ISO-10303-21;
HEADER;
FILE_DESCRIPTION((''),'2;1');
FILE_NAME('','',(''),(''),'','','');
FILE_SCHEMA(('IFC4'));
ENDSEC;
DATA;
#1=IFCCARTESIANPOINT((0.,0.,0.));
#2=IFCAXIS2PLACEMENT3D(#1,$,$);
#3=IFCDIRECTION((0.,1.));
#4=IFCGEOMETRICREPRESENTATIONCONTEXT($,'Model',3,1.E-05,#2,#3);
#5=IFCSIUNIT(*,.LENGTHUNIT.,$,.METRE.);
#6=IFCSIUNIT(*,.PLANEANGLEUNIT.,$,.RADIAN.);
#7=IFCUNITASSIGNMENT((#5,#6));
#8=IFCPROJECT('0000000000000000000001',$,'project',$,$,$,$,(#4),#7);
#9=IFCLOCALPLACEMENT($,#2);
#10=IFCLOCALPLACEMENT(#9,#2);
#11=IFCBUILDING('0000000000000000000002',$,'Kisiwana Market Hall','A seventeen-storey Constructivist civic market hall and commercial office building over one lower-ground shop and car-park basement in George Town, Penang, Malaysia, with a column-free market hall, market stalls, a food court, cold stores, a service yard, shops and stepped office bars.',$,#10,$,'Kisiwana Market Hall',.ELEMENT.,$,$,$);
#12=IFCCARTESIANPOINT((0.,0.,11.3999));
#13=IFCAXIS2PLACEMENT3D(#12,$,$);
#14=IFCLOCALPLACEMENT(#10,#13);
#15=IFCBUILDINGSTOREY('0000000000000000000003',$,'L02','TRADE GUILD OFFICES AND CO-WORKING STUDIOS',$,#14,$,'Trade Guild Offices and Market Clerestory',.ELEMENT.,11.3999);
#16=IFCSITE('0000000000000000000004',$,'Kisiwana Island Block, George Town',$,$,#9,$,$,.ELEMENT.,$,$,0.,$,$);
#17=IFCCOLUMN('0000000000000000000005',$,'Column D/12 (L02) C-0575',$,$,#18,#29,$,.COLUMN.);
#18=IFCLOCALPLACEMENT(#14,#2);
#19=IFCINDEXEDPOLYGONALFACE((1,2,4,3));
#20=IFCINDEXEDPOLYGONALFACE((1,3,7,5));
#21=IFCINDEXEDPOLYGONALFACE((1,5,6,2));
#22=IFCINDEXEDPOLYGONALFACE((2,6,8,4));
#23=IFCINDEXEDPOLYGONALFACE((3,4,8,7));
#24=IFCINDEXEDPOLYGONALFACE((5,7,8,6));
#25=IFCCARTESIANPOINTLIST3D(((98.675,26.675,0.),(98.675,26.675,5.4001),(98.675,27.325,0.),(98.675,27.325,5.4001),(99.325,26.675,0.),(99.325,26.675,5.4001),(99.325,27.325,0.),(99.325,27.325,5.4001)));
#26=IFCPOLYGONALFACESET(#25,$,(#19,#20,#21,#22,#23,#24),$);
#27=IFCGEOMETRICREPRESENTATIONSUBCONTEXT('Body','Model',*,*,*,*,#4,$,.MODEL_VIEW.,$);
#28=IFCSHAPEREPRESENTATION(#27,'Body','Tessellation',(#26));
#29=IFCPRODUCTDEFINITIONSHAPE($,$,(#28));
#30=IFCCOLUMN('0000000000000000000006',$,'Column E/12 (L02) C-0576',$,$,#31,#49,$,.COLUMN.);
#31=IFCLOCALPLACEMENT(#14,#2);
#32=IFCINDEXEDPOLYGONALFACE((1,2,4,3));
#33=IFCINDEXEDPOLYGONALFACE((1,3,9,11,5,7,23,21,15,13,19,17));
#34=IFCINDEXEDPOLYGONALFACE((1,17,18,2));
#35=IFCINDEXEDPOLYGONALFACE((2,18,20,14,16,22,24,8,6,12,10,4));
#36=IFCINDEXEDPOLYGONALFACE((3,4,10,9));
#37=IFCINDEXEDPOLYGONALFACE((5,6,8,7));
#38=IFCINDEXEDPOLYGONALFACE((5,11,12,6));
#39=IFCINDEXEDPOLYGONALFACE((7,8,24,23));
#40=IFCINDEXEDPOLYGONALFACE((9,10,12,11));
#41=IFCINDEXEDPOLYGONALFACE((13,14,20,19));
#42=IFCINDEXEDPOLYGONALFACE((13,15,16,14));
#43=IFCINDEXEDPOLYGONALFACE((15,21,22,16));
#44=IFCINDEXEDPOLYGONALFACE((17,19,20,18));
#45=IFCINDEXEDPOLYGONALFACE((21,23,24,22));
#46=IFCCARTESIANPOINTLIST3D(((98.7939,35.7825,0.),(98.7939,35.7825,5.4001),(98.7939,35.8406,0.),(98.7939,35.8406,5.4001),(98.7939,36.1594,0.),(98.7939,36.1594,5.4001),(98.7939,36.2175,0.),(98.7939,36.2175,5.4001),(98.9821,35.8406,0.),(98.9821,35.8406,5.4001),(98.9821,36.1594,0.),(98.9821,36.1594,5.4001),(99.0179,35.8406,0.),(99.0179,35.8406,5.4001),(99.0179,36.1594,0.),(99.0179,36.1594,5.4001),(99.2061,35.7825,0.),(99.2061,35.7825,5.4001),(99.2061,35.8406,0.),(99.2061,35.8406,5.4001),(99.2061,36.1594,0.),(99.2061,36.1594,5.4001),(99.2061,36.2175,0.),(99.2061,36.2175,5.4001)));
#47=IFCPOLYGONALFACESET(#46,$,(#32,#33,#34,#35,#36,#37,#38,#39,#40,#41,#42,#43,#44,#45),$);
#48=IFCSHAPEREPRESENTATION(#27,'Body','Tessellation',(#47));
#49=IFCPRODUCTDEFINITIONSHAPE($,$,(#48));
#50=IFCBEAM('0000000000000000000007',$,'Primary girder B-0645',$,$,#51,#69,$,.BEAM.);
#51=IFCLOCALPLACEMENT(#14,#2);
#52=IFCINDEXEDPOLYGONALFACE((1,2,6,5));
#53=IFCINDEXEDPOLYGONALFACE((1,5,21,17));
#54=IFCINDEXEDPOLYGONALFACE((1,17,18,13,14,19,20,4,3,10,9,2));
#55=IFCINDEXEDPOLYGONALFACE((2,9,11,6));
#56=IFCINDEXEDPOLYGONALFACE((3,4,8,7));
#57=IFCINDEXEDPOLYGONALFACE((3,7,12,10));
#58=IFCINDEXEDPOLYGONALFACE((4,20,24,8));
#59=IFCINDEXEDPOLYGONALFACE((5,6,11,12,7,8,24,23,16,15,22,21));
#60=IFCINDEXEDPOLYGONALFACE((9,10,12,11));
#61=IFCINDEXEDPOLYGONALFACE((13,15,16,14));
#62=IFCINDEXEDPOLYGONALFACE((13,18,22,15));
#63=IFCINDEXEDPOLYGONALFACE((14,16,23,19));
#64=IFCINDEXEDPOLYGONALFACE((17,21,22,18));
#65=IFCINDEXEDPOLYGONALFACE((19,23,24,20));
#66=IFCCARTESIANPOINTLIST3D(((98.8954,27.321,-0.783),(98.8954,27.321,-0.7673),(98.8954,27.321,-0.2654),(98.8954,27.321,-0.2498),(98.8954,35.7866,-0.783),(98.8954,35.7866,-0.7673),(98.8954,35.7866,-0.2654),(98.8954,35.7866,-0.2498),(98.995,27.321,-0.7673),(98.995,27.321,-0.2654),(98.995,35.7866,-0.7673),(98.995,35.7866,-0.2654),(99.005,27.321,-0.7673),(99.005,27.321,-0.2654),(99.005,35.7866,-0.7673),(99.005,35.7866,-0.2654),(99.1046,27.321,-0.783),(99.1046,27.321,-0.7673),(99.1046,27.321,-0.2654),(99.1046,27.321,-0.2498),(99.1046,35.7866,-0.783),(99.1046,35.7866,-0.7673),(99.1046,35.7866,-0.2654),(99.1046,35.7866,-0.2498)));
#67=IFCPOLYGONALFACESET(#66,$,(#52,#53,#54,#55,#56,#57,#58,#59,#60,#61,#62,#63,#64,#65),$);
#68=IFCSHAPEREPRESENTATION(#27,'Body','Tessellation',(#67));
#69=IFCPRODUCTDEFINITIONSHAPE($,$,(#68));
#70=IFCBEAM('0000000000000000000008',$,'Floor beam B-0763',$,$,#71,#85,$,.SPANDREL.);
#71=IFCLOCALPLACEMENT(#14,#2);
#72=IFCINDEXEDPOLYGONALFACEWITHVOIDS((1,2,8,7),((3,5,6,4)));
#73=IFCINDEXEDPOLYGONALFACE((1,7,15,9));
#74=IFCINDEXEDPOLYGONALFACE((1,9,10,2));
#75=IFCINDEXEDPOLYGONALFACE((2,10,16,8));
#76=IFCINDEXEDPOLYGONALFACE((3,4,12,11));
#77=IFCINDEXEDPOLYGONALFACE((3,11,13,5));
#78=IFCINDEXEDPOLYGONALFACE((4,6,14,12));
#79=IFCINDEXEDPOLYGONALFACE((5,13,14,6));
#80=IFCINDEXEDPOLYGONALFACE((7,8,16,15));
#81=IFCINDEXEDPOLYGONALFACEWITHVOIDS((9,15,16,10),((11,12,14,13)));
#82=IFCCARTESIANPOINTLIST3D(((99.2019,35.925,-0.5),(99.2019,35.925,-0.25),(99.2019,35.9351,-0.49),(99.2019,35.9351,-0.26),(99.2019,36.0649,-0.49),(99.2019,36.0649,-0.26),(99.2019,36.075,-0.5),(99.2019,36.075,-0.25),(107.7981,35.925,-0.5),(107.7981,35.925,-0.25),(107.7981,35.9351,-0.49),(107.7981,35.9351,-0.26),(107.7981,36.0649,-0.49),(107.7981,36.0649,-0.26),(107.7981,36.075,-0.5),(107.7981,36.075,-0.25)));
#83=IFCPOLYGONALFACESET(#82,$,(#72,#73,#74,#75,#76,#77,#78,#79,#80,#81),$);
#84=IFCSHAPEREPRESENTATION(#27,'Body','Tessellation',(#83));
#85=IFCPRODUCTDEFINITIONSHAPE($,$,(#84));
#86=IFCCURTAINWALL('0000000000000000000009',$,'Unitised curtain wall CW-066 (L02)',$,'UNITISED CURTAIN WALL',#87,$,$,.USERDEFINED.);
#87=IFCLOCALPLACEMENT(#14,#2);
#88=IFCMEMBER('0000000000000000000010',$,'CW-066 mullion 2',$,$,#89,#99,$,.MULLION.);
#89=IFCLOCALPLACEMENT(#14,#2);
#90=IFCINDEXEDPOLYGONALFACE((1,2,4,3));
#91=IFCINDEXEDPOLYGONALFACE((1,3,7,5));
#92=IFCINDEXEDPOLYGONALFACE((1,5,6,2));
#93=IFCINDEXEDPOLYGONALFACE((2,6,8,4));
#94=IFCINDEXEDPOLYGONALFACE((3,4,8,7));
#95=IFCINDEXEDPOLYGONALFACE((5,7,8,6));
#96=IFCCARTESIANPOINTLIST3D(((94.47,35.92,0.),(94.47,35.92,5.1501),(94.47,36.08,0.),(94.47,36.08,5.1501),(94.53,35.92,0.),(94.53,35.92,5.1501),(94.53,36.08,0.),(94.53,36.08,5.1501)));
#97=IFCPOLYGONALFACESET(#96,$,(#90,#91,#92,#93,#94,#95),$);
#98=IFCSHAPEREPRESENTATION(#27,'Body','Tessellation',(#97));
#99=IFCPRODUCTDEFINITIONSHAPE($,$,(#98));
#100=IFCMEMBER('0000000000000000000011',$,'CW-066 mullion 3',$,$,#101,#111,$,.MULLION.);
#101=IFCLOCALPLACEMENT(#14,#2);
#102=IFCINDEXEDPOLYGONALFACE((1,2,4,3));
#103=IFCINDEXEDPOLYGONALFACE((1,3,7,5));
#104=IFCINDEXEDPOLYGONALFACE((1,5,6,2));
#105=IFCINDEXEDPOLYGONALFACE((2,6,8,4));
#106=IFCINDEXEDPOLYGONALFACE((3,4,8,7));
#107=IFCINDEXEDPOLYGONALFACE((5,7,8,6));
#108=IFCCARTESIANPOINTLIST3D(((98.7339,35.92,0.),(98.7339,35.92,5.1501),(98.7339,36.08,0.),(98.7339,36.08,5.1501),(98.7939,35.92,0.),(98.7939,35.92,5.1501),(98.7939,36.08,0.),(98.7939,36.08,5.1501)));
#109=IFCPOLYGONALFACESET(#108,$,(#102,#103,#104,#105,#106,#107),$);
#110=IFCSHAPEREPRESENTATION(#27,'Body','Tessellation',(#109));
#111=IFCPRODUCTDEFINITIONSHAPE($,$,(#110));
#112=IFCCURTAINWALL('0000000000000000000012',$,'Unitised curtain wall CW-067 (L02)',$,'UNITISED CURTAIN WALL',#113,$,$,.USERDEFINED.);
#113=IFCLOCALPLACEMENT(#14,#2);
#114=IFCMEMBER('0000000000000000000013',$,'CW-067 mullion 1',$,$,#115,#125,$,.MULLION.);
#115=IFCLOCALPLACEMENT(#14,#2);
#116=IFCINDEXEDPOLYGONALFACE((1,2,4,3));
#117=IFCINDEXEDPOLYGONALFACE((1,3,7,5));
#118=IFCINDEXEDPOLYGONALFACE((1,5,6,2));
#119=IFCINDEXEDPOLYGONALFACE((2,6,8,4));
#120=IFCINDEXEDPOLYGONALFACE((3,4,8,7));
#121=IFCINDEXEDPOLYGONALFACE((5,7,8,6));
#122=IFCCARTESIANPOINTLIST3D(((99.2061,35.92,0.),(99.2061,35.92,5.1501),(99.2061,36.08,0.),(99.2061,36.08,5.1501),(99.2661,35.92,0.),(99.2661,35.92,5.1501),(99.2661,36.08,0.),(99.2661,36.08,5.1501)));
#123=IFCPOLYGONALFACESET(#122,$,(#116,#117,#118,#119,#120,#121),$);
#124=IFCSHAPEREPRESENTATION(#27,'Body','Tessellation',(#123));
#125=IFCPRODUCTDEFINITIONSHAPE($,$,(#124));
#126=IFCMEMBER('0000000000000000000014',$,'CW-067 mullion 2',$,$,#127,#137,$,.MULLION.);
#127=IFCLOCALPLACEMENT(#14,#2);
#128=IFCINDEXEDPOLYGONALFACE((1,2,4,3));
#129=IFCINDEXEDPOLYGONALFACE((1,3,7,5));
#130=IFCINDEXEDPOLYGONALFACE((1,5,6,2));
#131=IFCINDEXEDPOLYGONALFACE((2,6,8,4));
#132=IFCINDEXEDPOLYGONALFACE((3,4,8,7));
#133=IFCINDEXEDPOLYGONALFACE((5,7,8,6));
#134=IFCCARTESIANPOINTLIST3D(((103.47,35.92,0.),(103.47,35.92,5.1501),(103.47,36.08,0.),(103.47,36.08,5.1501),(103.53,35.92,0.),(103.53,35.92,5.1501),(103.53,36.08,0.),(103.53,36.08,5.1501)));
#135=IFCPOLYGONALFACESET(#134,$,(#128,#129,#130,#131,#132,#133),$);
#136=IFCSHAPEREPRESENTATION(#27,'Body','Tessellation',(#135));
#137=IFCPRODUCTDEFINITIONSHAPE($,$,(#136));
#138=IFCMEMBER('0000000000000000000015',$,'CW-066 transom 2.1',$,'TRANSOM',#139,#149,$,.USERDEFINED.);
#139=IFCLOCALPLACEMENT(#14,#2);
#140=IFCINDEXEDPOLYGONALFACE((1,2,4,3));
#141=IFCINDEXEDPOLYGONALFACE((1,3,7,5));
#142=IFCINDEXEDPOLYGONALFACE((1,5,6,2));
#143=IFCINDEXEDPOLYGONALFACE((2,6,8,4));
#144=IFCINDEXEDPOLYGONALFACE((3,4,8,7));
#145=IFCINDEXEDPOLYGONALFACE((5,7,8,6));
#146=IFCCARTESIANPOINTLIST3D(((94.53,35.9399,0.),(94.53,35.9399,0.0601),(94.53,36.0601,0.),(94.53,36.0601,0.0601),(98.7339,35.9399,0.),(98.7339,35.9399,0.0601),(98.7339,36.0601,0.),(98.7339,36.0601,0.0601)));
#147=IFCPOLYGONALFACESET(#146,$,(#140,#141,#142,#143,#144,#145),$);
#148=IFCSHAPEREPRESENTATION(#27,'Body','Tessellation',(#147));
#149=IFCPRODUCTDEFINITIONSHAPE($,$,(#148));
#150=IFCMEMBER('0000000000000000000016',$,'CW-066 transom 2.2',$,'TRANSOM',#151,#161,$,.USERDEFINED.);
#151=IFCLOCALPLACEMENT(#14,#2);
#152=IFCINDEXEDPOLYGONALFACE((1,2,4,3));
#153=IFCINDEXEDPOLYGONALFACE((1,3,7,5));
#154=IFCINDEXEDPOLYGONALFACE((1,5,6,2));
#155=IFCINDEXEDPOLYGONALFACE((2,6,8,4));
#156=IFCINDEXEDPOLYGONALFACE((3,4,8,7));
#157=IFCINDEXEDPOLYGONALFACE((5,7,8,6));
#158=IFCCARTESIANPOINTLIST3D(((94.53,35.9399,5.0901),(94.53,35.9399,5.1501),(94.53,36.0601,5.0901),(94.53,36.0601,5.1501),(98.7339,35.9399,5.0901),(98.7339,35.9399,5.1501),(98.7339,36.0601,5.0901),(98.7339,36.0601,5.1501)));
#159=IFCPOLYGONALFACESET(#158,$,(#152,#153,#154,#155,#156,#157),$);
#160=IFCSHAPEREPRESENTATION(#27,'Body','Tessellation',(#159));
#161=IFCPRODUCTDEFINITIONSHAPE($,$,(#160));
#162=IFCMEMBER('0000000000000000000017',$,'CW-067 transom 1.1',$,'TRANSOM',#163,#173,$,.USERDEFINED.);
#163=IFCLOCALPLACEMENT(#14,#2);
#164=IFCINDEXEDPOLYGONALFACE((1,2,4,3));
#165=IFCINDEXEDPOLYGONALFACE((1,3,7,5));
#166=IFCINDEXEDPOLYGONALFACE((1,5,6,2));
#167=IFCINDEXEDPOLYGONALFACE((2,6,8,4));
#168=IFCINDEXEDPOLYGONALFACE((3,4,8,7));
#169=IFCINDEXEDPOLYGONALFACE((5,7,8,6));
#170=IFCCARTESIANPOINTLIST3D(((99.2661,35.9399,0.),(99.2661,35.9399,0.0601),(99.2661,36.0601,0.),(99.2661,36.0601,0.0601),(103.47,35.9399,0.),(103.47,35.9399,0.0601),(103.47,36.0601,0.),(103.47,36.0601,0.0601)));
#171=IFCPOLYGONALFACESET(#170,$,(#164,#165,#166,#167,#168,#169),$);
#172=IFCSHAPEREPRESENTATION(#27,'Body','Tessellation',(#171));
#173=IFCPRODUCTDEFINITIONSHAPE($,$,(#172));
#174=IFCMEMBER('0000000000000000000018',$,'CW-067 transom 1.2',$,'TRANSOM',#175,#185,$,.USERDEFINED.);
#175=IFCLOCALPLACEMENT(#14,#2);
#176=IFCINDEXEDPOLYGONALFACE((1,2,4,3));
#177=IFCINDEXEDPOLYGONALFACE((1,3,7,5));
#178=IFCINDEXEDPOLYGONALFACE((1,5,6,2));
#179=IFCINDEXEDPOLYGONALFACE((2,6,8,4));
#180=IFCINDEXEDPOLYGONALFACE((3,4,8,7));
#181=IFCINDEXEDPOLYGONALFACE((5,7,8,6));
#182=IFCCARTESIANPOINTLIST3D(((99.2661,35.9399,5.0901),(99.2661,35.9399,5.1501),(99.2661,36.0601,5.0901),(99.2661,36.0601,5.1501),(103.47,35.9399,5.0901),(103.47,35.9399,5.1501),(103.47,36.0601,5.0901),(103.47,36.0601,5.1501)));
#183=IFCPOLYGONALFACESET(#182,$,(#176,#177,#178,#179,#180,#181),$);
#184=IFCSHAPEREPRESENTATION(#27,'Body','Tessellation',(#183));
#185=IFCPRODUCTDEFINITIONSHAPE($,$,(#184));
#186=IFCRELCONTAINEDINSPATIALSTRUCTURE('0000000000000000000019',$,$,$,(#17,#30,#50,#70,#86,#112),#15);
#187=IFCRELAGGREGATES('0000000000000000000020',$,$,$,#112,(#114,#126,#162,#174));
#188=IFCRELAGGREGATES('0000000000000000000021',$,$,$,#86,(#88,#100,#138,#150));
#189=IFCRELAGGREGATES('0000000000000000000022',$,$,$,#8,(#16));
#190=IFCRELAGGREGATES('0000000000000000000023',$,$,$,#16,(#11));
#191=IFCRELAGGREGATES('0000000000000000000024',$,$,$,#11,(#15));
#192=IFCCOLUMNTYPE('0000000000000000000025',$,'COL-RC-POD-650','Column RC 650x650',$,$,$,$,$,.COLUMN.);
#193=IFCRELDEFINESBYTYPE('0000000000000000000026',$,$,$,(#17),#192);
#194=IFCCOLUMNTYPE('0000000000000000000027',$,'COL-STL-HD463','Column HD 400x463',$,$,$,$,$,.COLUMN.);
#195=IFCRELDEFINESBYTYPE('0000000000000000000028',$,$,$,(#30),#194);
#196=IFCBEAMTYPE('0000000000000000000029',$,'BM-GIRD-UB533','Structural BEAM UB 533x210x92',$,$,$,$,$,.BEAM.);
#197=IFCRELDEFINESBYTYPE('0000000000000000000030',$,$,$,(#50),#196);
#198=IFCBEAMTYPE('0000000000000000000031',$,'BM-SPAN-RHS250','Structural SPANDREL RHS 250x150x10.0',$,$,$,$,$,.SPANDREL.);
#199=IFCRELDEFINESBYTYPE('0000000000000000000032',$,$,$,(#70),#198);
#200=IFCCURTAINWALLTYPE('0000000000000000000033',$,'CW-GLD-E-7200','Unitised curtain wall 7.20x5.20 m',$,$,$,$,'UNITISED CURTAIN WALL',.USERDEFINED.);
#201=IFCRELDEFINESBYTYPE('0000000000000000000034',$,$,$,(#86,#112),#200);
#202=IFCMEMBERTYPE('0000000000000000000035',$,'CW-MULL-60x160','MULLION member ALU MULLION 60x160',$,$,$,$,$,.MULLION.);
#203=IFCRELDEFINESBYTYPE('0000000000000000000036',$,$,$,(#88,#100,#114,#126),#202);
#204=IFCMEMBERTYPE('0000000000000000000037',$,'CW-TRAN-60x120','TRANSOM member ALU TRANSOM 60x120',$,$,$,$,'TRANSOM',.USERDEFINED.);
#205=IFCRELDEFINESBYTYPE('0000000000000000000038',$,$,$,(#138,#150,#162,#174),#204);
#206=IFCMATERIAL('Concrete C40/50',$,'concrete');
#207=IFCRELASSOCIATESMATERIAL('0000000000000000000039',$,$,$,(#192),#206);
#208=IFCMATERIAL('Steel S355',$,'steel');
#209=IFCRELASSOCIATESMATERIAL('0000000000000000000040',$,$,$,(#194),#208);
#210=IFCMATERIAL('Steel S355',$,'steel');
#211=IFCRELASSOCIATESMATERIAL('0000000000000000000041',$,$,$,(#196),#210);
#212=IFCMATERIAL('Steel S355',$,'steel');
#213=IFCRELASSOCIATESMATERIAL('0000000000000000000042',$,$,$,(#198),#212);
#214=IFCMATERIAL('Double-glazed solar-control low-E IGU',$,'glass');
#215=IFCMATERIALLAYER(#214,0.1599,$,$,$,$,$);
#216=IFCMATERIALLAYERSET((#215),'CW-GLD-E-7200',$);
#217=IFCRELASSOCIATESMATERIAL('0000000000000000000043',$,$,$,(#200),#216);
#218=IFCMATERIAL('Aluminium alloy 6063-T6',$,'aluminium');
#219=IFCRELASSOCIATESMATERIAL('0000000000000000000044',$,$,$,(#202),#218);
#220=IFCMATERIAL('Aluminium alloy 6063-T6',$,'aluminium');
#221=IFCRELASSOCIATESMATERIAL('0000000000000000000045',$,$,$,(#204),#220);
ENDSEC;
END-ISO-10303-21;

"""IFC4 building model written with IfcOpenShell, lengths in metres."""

from ifc_helpers import new_model, si_unit, direction, frame, origin, origin_2d, place, context, subcontext, project, spatial, rectangle, hollow_rectangle, i_section, extrude, material, layer, layer_set, material_profile, profile_set, type_object, element, aggregate, save


model = new_model("IFC4")

# Units and contexts
model_context = context("Model", 3, precision=1e-05, world=origin(), true_north=direction((0.0, 1.0)))
body_context = subcontext(model_context, "Body", "Model", "MODEL_VIEW")
ifc_project = project(units=[si_unit("LENGTHUNIT", "METRE"), si_unit("PLANEANGLEUNIT", "RADIAN")], contexts=[model_context])

# Site, building, storey
site_placement = place(None, origin())
site = spatial("IfcSite", under=ifc_project, at=site_placement, Name="Kisiwana Island Block, George Town", CompositionType="ELEMENT", RefElevation=0.0)
building_placement = place(site_placement, origin())
building = spatial("IfcBuilding", under=site, at=building_placement, Name="Kisiwana Market Hall", Description="A seventeen-storey Constructivist civic market hall and commercial office building over one lower-ground shop and car-park basement in George Town, Penang, Malaysia, with a column-free market hall, market stalls, a food court, cold stores, a service yard, shops and stepped office bars.", LongName="Kisiwana Market Hall", CompositionType="ELEMENT")
storey_placement = place(building_placement, frame((0.0, 0.0, 11.3999)))
storey = spatial("IfcBuildingStorey", under=building, at=storey_placement, Name="L02", Description="TRADE GUILD OFFICES AND CO-WORKING STUDIOS", LongName="Trade Guild Offices and Market Clerestory", CompositionType="ELEMENT", Elevation=11.3999)

# Columns
ifc_material_1 = material(Name="Concrete C40/50", Category="concrete")
ifc_material_profile_1 = material_profile(ifc_material_1, rectangle(XDim=0.6499, YDim=0.6499, at=origin_2d()), Name="RC 650x650")
ifc_profile_set_1 = profile_set([ifc_material_profile_1], Name="Concrete C40/50")
column_type_1 = type_object("IfcColumnType", Name="COL-RC-POD-650", Description="Column RC 650x650", PredefinedType="COLUMN", material=ifc_profile_set_1)
column_1_placement = place(storey_placement, frame((99.0, 27.0, 0.0), z_axis=(0.0, 0.0, 1.0), x_axis=(1.0, 0.0, 0.0)))
element("IfcColumn", 1, at=column_1_placement, inside=storey, type_object=column_type_1, Name="Column D/12 (L02) C-0575", PredefinedType="COLUMN", context=body_context, shape_type="SweptSolid", body=[
    extrude(rectangle(XDim=0.6499, YDim=0.6499, at=origin_2d()), origin(), (0.0, 0.0, 1.0), 5.4001),
])
ifc_material_2 = material(Name="Steel S355", Category="steel")
ifc_material_profile_2 = material_profile(ifc_material_2, i_section(OverallWidth=0.4121, OverallDepth=0.4351, WebThickness=0.0359, FlangeThickness=0.0581, at=origin_2d()), Name="HD 400x463")
ifc_profile_set_2 = profile_set([ifc_material_profile_2], Name="Steel S355")
column_type_2 = type_object("IfcColumnType", Name="COL-STL-HD463", Description="Column HD 400x463", PredefinedType="COLUMN", material=ifc_profile_set_2)
column_2_placement = place(storey_placement, frame((99.0, 36.0, 0.0), z_axis=(0.0, 0.0, 1.0), x_axis=(1.0, 0.0, 0.0)))
element("IfcColumn", 2, at=column_2_placement, inside=storey, type_object=column_type_2, Name="Column E/12 (L02) C-0576", PredefinedType="COLUMN", context=body_context, shape_type="SweptSolid", body=[
    extrude(i_section(OverallWidth=0.4121, OverallDepth=0.4351, WebThickness=0.0359, FlangeThickness=0.0581, at=origin_2d()), origin(), (0.0, 0.0, 1.0), 5.4001),
])

# Beams
ifc_material_3 = material(Name="Steel S355", Category="steel")
ifc_material_profile_3 = material_profile(ifc_material_3, i_section(OverallWidth=0.2092, OverallDepth=0.5332, WebThickness=0.01, FlangeThickness=0.0156, at=origin_2d()), Name="UB 533x210x92")
ifc_profile_set_3 = profile_set([ifc_material_profile_3], Name="Steel S355")
beam_type_1 = type_object("IfcBeamType", Name="BM-GIRD-UB533", Description="Structural BEAM UB 533x210x92", PredefinedType="BEAM", material=ifc_profile_set_3)
beam_1_placement = place(storey_placement, frame((99.0, 27.321, -0.5164), z_axis=(0.0, 1.0, 0.0), x_axis=(-1.0, 0.0, 0.0)))
element("IfcBeam", 3, at=beam_1_placement, inside=storey, type_object=beam_type_1, Name="Primary girder B-0645", PredefinedType="BEAM", context=body_context, shape_type="SweptSolid", body=[
    extrude(i_section(OverallWidth=0.2092, OverallDepth=0.5332, WebThickness=0.01, FlangeThickness=0.0156, at=origin_2d()), origin(), (0.0, 0.0, 1.0), 8.4656),
])
ifc_material_4 = material(Name="Steel S355", Category="steel")
ifc_material_profile_4 = material_profile(ifc_material_4, hollow_rectangle(XDim=0.1499, YDim=0.25, WallThickness=0.01, at=origin_2d()), Name="RHS 250x150x10.0")
ifc_profile_set_4 = profile_set([ifc_material_profile_4], Name="Steel S355")
beam_type_2 = type_object("IfcBeamType", Name="BM-SPAN-RHS250", Description="Structural SPANDREL RHS 250x150x10.0", PredefinedType="SPANDREL", material=ifc_profile_set_4)
beam_2_placement = place(storey_placement, frame((99.2019, 36.0, -0.375), z_axis=(1.0, 0.0, 0.0), x_axis=(0.0, 1.0, 0.0)))
element("IfcBeam", 4, at=beam_2_placement, inside=storey, type_object=beam_type_2, Name="Floor beam B-0763", PredefinedType="SPANDREL", context=body_context, shape_type="SweptSolid", body=[
    extrude(hollow_rectangle(XDim=0.1499, YDim=0.25, WallThickness=0.01, at=origin_2d()), origin(), (0.0, 0.0, 1.0), 8.5962),
])

# Curtain walls, members
ifc_material_5 = material(Name="Double-glazed solar-control low-E IGU", Category="glass")
ifc_layer_1 = layer(ifc_material_5, 0.1599)
ifc_layer_set_1 = layer_set([ifc_layer_1], Name="CW-GLD-E-7200")
curtain_wall_type = type_object("IfcCurtainWallType", Name="CW-GLD-E-7200", Description="Unitised curtain wall 7.20x5.20 m", ElementType="UNITISED CURTAIN WALL", PredefinedType="USERDEFINED", material=ifc_layer_set_1)
curtain_wall_1_placement = place(storey_placement, origin())
curtain_wall_1 = element("IfcCurtainWall", 5, at=curtain_wall_1_placement, inside=storey, type_object=curtain_wall_type, Name="Unitised curtain wall CW-066 (L02)", ObjectType="UNITISED CURTAIN WALL", PredefinedType="USERDEFINED")
ifc_material_6 = material(Name="Aluminium alloy 6063-T6", Category="aluminium")
ifc_material_profile_5 = material_profile(ifc_material_6, rectangle(XDim=0.0601, YDim=0.1599, at=origin_2d()), Name="ALU MULLION 60x160")
ifc_profile_set_5 = profile_set([ifc_material_profile_5], Name="Aluminium alloy 6063-T6")
member_type_1 = type_object("IfcMemberType", Name="CW-MULL-60x160", Description="MULLION member ALU MULLION 60x160", PredefinedType="MULLION", material=ifc_profile_set_5)
member_1_placement = place(storey_placement, frame((94.5, 36.0, 0.0), z_axis=(0.0, 0.0, 1.0), x_axis=(1.0, 0.0, 0.0)))
member_1 = element("IfcMember", 6, at=member_1_placement, type_object=member_type_1, Name="CW-066 mullion 2", PredefinedType="MULLION", context=body_context, shape_type="SweptSolid", body=[
    extrude(rectangle(XDim=0.0601, YDim=0.1599, at=origin_2d()), origin(), (0.0, 0.0, 1.0), 5.1501),
])
member_2_placement = place(storey_placement, frame((98.7639, 36.0, 0.0), z_axis=(0.0, 0.0, 1.0), x_axis=(1.0, 0.0, 0.0)))
member_2 = element("IfcMember", 7, at=member_2_placement, type_object=member_type_1, Name="CW-066 mullion 3", PredefinedType="MULLION", context=body_context, shape_type="SweptSolid", body=[
    extrude(rectangle(XDim=0.0601, YDim=0.1599, at=origin_2d()), origin(), (0.0, 0.0, 1.0), 5.1501),
])
curtain_wall_2_placement = place(storey_placement, origin())
curtain_wall_2 = element("IfcCurtainWall", 8, at=curtain_wall_2_placement, inside=storey, type_object=curtain_wall_type, Name="Unitised curtain wall CW-067 (L02)", ObjectType="UNITISED CURTAIN WALL", PredefinedType="USERDEFINED")
member_3_placement = place(storey_placement, frame((99.2361, 36.0, 0.0), z_axis=(0.0, 0.0, 1.0), x_axis=(1.0, 0.0, 0.0)))
member_3 = element("IfcMember", 9, at=member_3_placement, type_object=member_type_1, Name="CW-067 mullion 1", PredefinedType="MULLION", context=body_context, shape_type="SweptSolid", body=[
    extrude(rectangle(XDim=0.0601, YDim=0.1599, at=origin_2d()), origin(), (0.0, 0.0, 1.0), 5.1501),
])
member_4_placement = place(storey_placement, frame((103.5, 36.0, 0.0), z_axis=(0.0, 0.0, 1.0), x_axis=(1.0, 0.0, 0.0)))
member_4 = element("IfcMember", 10, at=member_4_placement, type_object=member_type_1, Name="CW-067 mullion 2", PredefinedType="MULLION", context=body_context, shape_type="SweptSolid", body=[
    extrude(rectangle(XDim=0.0601, YDim=0.1599, at=origin_2d()), origin(), (0.0, 0.0, 1.0), 5.1501),
])

# Members
ifc_material_7 = material(Name="Aluminium alloy 6063-T6", Category="aluminium")
ifc_material_profile_6 = material_profile(ifc_material_7, rectangle(XDim=0.1201, YDim=0.0601, at=origin_2d()), Name="ALU TRANSOM 60x120")
ifc_profile_set_6 = profile_set([ifc_material_profile_6], Name="Aluminium alloy 6063-T6")
member_type_2 = type_object("IfcMemberType", Name="CW-TRAN-60x120", Description="TRANSOM member ALU TRANSOM 60x120", ElementType="TRANSOM", PredefinedType="USERDEFINED", material=ifc_profile_set_6)
member_5_placement = place(storey_placement, frame((94.53, 36.0, 0.03), z_axis=(1.0, 0.0, 0.0), x_axis=(0.0, 1.0, 0.0)))
member_5 = element("IfcMember", 11, at=member_5_placement, type_object=member_type_2, Name="CW-066 transom 2.1", ObjectType="TRANSOM", PredefinedType="USERDEFINED", context=body_context, shape_type="SweptSolid", body=[
    extrude(rectangle(XDim=0.1201, YDim=0.0601, at=origin_2d()), origin(), (0.0, 0.0, 1.0), 4.2039),
])
member_6_placement = place(storey_placement, frame((94.53, 36.0, 5.1201), z_axis=(1.0, 0.0, 0.0), x_axis=(0.0, 1.0, 0.0)))
member_6 = element("IfcMember", 12, at=member_6_placement, type_object=member_type_2, Name="CW-066 transom 2.2", ObjectType="TRANSOM", PredefinedType="USERDEFINED", context=body_context, shape_type="SweptSolid", body=[
    extrude(rectangle(XDim=0.1201, YDim=0.0601, at=origin_2d()), origin(), (0.0, 0.0, 1.0), 4.2039),
])
member_7_placement = place(storey_placement, frame((99.2661, 36.0, 0.03), z_axis=(1.0, 0.0, 0.0), x_axis=(0.0, 1.0, 0.0)))
member_7 = element("IfcMember", 13, at=member_7_placement, type_object=member_type_2, Name="CW-067 transom 1.1", ObjectType="TRANSOM", PredefinedType="USERDEFINED", context=body_context, shape_type="SweptSolid", body=[
    extrude(rectangle(XDim=0.1201, YDim=0.0601, at=origin_2d()), origin(), (0.0, 0.0, 1.0), 4.2039),
])
member_8_placement = place(storey_placement, frame((99.2661, 36.0, 5.1201), z_axis=(1.0, 0.0, 0.0), x_axis=(0.0, 1.0, 0.0)))
member_8 = element("IfcMember", 14, at=member_8_placement, type_object=member_type_2, Name="CW-067 transom 1.2", ObjectType="TRANSOM", PredefinedType="USERDEFINED", context=body_context, shape_type="SweptSolid", body=[
    extrude(rectangle(XDim=0.1201, YDim=0.0601, at=origin_2d()), origin(), (0.0, 0.0, 1.0), 4.2039),
])

aggregate(curtain_wall_2, [member_3, member_4, member_7, member_8])
aggregate(curtain_wall_1, [member_1, member_2, member_5, member_6])

save(model, "model.ifc")
